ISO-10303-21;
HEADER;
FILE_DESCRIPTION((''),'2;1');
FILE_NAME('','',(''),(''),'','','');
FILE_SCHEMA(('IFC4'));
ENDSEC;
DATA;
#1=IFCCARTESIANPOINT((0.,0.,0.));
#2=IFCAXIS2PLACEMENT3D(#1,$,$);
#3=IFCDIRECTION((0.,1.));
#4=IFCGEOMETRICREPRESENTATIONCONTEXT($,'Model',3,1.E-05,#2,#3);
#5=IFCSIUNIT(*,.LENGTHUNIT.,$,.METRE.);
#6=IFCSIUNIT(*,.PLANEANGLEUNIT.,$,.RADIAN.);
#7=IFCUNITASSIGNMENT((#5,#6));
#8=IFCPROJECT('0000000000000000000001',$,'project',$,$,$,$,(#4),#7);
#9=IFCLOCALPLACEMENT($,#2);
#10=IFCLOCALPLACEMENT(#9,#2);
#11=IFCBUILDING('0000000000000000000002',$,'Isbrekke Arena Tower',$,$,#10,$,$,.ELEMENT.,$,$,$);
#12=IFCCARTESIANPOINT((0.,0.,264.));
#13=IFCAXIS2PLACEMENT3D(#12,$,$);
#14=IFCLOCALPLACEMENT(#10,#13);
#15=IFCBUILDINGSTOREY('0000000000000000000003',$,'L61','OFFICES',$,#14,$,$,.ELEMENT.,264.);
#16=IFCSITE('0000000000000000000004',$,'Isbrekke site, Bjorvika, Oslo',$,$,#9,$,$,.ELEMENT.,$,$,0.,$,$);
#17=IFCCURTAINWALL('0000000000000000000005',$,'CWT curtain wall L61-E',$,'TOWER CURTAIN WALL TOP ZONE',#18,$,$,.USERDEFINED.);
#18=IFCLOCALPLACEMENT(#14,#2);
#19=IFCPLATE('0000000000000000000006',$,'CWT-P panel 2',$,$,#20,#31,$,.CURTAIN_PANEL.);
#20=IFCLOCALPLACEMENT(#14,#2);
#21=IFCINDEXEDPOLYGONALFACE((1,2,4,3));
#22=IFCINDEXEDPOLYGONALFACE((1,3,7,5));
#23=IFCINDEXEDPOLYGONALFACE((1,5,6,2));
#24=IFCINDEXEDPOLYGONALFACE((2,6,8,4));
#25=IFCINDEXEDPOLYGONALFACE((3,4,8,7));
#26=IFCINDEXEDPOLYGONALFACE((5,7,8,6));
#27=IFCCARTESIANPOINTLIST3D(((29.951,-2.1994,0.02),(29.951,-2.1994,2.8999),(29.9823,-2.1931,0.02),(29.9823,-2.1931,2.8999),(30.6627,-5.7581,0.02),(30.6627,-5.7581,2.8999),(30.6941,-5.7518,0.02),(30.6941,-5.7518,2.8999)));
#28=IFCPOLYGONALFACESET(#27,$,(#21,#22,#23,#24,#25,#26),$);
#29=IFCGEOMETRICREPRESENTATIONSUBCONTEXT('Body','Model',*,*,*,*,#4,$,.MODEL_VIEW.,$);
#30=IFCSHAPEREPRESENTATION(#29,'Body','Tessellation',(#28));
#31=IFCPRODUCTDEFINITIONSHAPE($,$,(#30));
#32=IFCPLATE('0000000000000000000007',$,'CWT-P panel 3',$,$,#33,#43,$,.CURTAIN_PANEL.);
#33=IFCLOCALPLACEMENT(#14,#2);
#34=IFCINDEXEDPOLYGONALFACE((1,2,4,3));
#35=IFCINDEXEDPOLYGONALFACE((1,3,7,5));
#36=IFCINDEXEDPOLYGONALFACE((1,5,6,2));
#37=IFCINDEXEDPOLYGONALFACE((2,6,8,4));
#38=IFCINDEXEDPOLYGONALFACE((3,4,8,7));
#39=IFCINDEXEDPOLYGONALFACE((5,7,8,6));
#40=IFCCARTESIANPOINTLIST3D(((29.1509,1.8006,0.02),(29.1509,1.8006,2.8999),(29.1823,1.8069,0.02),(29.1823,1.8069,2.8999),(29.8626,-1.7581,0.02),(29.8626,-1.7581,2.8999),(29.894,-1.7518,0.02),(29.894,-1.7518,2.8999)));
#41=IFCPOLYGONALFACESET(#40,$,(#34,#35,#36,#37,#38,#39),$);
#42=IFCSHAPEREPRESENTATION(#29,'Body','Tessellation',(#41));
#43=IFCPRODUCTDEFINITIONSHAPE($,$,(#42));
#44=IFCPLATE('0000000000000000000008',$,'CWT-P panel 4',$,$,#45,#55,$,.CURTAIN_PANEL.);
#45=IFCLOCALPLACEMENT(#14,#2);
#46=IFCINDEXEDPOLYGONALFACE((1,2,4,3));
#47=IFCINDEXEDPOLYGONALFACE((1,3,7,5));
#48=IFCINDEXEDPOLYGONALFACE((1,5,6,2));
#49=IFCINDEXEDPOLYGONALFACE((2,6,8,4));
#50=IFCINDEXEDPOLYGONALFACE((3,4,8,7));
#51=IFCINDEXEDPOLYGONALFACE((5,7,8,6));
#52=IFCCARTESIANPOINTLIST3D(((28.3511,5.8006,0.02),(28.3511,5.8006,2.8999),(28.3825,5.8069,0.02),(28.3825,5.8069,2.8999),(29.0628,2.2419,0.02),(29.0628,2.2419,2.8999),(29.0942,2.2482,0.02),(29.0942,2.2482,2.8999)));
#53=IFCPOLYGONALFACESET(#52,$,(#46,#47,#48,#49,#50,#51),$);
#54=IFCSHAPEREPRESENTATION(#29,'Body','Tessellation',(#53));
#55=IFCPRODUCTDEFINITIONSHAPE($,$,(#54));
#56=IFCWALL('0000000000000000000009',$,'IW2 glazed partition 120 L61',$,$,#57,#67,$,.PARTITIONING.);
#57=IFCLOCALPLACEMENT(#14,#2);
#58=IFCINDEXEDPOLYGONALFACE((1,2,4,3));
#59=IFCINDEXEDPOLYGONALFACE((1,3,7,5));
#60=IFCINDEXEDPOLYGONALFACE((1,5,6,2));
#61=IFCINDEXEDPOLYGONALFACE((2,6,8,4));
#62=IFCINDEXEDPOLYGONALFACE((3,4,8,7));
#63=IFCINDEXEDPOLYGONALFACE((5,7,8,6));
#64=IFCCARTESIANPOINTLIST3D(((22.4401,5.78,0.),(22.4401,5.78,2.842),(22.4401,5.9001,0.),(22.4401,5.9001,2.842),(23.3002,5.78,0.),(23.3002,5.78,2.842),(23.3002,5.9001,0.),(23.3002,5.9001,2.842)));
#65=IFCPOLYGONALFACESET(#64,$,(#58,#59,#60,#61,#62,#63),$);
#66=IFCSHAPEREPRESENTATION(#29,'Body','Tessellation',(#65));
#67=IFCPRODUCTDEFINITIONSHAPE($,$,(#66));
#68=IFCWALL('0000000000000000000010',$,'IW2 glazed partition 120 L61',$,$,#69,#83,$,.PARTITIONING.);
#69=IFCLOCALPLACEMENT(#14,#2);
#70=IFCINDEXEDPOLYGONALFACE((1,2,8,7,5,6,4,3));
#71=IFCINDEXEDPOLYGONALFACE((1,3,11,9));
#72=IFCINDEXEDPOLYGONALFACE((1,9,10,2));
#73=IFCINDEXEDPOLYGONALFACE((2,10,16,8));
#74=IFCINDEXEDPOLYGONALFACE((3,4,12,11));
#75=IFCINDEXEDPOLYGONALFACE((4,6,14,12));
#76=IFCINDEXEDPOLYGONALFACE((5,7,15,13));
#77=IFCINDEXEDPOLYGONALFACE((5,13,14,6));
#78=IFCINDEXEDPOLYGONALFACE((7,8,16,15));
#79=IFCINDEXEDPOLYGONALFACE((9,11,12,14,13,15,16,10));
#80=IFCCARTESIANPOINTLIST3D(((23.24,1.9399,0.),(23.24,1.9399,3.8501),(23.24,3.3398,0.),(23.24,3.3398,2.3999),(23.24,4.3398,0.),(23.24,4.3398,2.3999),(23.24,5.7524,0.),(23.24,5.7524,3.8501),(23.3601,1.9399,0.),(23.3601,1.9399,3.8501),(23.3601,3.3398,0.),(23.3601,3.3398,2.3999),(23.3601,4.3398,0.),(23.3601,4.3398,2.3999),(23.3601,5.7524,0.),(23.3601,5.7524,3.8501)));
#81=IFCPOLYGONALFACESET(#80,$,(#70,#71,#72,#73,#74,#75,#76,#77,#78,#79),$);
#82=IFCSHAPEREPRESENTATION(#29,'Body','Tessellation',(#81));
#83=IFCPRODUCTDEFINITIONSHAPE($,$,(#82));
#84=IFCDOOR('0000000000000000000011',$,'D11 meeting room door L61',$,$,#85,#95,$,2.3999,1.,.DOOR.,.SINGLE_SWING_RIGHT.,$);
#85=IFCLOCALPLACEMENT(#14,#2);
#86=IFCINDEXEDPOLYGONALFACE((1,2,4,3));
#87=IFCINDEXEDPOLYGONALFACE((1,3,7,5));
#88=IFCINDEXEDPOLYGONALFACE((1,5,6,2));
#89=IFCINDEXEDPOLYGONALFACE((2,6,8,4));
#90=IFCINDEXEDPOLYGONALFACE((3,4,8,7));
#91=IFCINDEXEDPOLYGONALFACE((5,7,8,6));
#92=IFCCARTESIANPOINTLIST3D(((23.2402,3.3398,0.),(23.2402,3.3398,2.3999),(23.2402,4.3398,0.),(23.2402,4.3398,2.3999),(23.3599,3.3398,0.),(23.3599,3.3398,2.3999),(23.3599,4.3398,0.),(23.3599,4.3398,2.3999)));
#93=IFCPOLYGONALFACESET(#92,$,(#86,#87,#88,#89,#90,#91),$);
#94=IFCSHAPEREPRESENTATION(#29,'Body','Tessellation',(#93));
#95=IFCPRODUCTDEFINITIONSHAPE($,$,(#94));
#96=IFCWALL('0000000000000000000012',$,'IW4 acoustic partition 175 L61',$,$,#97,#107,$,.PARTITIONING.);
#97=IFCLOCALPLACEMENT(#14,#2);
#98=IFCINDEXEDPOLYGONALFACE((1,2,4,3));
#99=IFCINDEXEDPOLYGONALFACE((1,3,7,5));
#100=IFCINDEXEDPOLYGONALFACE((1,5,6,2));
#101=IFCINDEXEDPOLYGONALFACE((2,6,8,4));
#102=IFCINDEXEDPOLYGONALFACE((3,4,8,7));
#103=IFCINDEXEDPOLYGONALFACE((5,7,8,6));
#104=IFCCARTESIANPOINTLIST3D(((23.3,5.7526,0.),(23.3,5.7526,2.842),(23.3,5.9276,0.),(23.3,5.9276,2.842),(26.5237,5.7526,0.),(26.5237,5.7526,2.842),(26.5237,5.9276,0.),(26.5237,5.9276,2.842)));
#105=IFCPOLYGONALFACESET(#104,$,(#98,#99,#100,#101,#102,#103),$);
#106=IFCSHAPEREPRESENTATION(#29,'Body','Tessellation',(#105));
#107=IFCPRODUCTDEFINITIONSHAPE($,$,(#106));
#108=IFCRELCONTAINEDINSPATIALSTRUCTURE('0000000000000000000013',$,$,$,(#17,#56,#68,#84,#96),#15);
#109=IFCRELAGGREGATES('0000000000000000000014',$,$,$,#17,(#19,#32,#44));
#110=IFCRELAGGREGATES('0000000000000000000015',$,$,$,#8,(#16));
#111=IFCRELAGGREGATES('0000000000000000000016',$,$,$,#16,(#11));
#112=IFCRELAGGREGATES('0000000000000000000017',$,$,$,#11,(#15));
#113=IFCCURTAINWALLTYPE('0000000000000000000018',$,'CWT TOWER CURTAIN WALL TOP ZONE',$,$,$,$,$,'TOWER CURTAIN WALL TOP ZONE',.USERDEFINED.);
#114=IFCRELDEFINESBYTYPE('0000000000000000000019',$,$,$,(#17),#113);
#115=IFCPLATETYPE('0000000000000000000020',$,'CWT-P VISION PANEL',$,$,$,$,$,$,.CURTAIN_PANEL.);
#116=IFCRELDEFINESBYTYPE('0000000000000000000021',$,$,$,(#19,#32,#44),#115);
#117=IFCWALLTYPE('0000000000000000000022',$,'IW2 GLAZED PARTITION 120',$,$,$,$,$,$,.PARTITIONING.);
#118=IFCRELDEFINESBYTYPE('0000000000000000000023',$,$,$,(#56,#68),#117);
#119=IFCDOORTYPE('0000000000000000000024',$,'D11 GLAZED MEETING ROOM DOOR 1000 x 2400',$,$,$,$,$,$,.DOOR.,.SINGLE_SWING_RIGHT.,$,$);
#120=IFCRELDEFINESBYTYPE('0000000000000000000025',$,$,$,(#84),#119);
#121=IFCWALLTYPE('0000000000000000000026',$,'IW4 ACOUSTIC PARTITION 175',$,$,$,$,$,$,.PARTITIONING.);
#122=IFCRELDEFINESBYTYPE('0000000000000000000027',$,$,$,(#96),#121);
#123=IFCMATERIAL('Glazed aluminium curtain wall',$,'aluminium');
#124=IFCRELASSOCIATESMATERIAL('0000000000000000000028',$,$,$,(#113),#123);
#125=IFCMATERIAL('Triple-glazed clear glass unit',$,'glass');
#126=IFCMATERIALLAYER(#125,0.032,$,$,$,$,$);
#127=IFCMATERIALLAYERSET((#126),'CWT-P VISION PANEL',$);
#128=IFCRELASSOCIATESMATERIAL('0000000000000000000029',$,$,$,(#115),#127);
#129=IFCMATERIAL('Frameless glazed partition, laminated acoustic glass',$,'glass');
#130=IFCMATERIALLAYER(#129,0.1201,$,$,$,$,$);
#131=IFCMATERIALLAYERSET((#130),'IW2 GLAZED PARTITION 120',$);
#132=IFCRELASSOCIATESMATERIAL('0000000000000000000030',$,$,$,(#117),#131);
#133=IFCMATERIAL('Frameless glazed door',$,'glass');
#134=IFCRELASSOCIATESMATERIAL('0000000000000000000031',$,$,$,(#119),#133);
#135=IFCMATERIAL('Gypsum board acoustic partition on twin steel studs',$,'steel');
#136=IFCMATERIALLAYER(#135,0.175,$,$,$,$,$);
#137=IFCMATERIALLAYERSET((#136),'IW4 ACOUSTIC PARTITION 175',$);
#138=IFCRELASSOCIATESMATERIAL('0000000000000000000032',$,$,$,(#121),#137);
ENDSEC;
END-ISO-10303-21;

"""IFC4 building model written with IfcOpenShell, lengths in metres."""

from ifc_helpers import new_model, si_unit, direction, frame, frame_2d, origin, origin_2d, place, context, subcontext, project, spatial, rectangle, extrude, material, layer, layer_set, type_object, element, fill, aggregate, save


model = new_model("IFC4")

# Units and contexts
model_context = context("Model", 3, precision=1e-05, world=origin(), true_north=direction((0.0, 1.0)))
body_context = subcontext(model_context, "Body", "Model", "MODEL_VIEW")
ifc_project = project(units=[si_unit("LENGTHUNIT", "METRE"), si_unit("PLANEANGLEUNIT", "RADIAN")], contexts=[model_context])

# Site, building, storey
site_placement = place(None, origin())
site = spatial("IfcSite", under=ifc_project, at=site_placement, Name="Isbrekke site, Bjorvika, Oslo", CompositionType="ELEMENT", RefElevation=0.0)
building_placement = place(site_placement, origin())
building = spatial("IfcBuilding", under=site, at=building_placement, Name="Isbrekke Arena Tower", CompositionType="ELEMENT")
storey_placement = place(building_placement, frame((0.0, 0.0, 264.0)))
storey = spatial("IfcBuildingStorey", under=building, at=storey_placement, Name="L61", Description="OFFICES", CompositionType="ELEMENT", Elevation=264.0)

# Curtain wall
ifc_material_1 = material(Name="Glazed aluminium curtain wall", Category="aluminium")
curtain_wall_type = type_object("IfcCurtainWallType", Name="CWT TOWER CURTAIN WALL TOP ZONE", ElementType="TOWER CURTAIN WALL TOP ZONE", PredefinedType="USERDEFINED", material=ifc_material_1)
curtain_wall_placement = place(storey_placement, origin())
curtain_wall = element("IfcCurtainWall", 1, at=curtain_wall_placement, inside=storey, type_object=curtain_wall_type, Name="CWT curtain wall L61-E", ObjectType="TOWER CURTAIN WALL TOP ZONE", PredefinedType="USERDEFINED")

# Plates
ifc_material_2 = material(Name="Triple-glazed clear glass unit", Category="glass")
ifc_layer_1 = layer(ifc_material_2, 0.032)
ifc_layer_set_1 = layer_set([ifc_layer_1], Name="CWT-P VISION PANEL")
plate_type = type_object("IfcPlateType", Name="CWT-P VISION PANEL", PredefinedType="CURTAIN_PANEL", material=ifc_layer_set_1)
plate_1_placement = place(storey_placement, frame((30.3225, -3.9756, 0.02), z_axis=(0.0, 0.0, 1.0), x_axis=(-0.196116, 0.980581, 0.0)))
plate_1 = element("IfcPlate", 2, at=plate_1_placement, type_object=plate_type, Name="CWT-P panel 2", PredefinedType="CURTAIN_PANEL", context=body_context, shape_type="SweptSolid", body=[
    extrude(rectangle(XDim=3.6292, YDim=0.032, at=origin_2d()), origin(), (0.0, 0.0, 1.0), 2.8799),
])
plate_2_placement = place(storey_placement, frame((29.5225, 0.0244, 0.02), z_axis=(0.0, 0.0, 1.0), x_axis=(-0.196116, 0.980581, 0.0)))
plate_2 = element("IfcPlate", 3, at=plate_2_placement, type_object=plate_type, Name="CWT-P panel 3", PredefinedType="CURTAIN_PANEL", context=body_context, shape_type="SweptSolid", body=[
    extrude(rectangle(XDim=3.6292, YDim=0.032, at=origin_2d()), origin(), (0.0, 0.0, 1.0), 2.8799),
])
plate_3_placement = place(storey_placement, frame((28.7227, 4.0244, 0.02), z_axis=(0.0, 0.0, 1.0), x_axis=(-0.196116, 0.980581, 0.0)))
plate_3 = element("IfcPlate", 4, at=plate_3_placement, type_object=plate_type, Name="CWT-P panel 4", PredefinedType="CURTAIN_PANEL", context=body_context, shape_type="SweptSolid", body=[
    extrude(rectangle(XDim=3.6292, YDim=0.032, at=origin_2d()), origin(), (0.0, 0.0, 1.0), 2.8799),
])
aggregate(curtain_wall, [plate_1, plate_2, plate_3])

# Wall
ifc_material_3 = material(Name="Frameless glazed partition, laminated acoustic glass", Category="glass")
ifc_layer_2 = layer(ifc_material_3, 0.1201)
ifc_layer_set_2 = layer_set([ifc_layer_2], Name="IW2 GLAZED PARTITION 120")
wall_type_1 = type_object("IfcWallType", Name="IW2 GLAZED PARTITION 120", PredefinedType="PARTITIONING", material=ifc_layer_set_2)
wall_1_placement = place(storey_placement, frame((22.4399, 5.8401, 0.0), z_axis=(0.0, 0.0, 1.0), x_axis=(1.0, 0.0, 0.0)))
element("IfcWall", 5, at=wall_1_placement, inside=storey, type_object=wall_type_1, Name="IW2 glazed partition 120 L61", PredefinedType="PARTITIONING", context=body_context, shape_type="SweptSolid", body=[
    extrude(rectangle(XDim=0.8601, YDim=0.1201, at=frame_2d((0.4302, 0.0))), origin(), (0.0, 0.0, 1.0), 2.842),
])

# Wall, opening, door
ifc_material_4 = material(Name="Frameless glazed door", Category="glass")
door_type = type_object("IfcDoorType", Name="D11 GLAZED MEETING ROOM DOOR 1000 x 2400", OperationType="SINGLE_SWING_RIGHT", PredefinedType="DOOR", material=ifc_material_4)
wall_2_placement = place(storey_placement, frame((23.3, 1.9399, 0.0), z_axis=(0.0, 0.0, 1.0), x_axis=(0.0, 1.0, 0.0)))
wall_2 = element("IfcWall", 6, at=wall_2_placement, inside=storey, type_object=wall_type_1, Name="IW2 glazed partition 120 L61", PredefinedType="PARTITIONING", context=body_context, shape_type="SweptSolid", body=[
    extrude(rectangle(XDim=3.8125, YDim=0.1201, at=frame_2d((1.9062, 0.0))), origin(), (0.0, 0.0, 1.0), 3.8501),
])
opening_1_placement = place(wall_2_placement, frame((1.3999, 0.0, 0.0)))
opening_1 = element("IfcOpeningElement", 7, at=opening_1_placement, cuts=wall_2, PredefinedType="OPENING", context=body_context, shape_type="SweptSolid", body=[
    extrude(rectangle(XDim=1.0, YDim=2.3999, at=frame_2d((0.5, 1.2))), frame((0.0, 0.075, 0.0), z_axis=(0.0, -1.0, 0.0), x_axis=(1.0, 0.0, 0.0)), (0.0, 0.0, 1.0), 0.1499),
])
door_1_placement = place(opening_1_placement, origin())
door_1 = element("IfcDoor", 8, at=door_1_placement, inside=storey, type_object=door_type, Name="D11 meeting room door L61", OperationType="SINGLE_SWING_RIGHT", OverallHeight=2.3999, OverallWidth=1.0, PredefinedType="DOOR", context=body_context, shape_type="SweptSolid", body=[
    extrude(rectangle(XDim=1.0, YDim=2.3999, at=frame_2d((0.5, 1.2))), frame((0.0, 0.0598, 0.0), z_axis=(0.0, -1.0, 0.0), x_axis=(1.0, 0.0, 0.0)), (0.0, 0.0, 1.0), 0.1196),
])
fill(opening_1, door_1)

# Wall
ifc_material_5 = material(Name="Gypsum board acoustic partition on twin steel studs", Category="steel")
ifc_layer_3 = layer(ifc_material_5, 0.175)
ifc_layer_set_3 = layer_set([ifc_layer_3], Name="IW4 ACOUSTIC PARTITION 175")
wall_type_2 = type_object("IfcWallType", Name="IW4 ACOUSTIC PARTITION 175", PredefinedType="PARTITIONING", material=ifc_layer_set_3)
wall_3_placement = place(storey_placement, frame((23.3, 5.8401, 0.0), z_axis=(0.0, 0.0, 1.0), x_axis=(1.0, 0.0, 0.0)))
element("IfcWall", 9, at=wall_3_placement, inside=storey, type_object=wall_type_2, Name="IW4 acoustic partition 175 L61", PredefinedType="PARTITIONING", context=body_context, shape_type="SweptSolid", body=[
    extrude(rectangle(XDim=3.2236, YDim=0.175, at=frame_2d((1.6118, 0.0))), origin(), (0.0, 0.0, 1.0), 2.842),
])

save(model, "model.ifc")
